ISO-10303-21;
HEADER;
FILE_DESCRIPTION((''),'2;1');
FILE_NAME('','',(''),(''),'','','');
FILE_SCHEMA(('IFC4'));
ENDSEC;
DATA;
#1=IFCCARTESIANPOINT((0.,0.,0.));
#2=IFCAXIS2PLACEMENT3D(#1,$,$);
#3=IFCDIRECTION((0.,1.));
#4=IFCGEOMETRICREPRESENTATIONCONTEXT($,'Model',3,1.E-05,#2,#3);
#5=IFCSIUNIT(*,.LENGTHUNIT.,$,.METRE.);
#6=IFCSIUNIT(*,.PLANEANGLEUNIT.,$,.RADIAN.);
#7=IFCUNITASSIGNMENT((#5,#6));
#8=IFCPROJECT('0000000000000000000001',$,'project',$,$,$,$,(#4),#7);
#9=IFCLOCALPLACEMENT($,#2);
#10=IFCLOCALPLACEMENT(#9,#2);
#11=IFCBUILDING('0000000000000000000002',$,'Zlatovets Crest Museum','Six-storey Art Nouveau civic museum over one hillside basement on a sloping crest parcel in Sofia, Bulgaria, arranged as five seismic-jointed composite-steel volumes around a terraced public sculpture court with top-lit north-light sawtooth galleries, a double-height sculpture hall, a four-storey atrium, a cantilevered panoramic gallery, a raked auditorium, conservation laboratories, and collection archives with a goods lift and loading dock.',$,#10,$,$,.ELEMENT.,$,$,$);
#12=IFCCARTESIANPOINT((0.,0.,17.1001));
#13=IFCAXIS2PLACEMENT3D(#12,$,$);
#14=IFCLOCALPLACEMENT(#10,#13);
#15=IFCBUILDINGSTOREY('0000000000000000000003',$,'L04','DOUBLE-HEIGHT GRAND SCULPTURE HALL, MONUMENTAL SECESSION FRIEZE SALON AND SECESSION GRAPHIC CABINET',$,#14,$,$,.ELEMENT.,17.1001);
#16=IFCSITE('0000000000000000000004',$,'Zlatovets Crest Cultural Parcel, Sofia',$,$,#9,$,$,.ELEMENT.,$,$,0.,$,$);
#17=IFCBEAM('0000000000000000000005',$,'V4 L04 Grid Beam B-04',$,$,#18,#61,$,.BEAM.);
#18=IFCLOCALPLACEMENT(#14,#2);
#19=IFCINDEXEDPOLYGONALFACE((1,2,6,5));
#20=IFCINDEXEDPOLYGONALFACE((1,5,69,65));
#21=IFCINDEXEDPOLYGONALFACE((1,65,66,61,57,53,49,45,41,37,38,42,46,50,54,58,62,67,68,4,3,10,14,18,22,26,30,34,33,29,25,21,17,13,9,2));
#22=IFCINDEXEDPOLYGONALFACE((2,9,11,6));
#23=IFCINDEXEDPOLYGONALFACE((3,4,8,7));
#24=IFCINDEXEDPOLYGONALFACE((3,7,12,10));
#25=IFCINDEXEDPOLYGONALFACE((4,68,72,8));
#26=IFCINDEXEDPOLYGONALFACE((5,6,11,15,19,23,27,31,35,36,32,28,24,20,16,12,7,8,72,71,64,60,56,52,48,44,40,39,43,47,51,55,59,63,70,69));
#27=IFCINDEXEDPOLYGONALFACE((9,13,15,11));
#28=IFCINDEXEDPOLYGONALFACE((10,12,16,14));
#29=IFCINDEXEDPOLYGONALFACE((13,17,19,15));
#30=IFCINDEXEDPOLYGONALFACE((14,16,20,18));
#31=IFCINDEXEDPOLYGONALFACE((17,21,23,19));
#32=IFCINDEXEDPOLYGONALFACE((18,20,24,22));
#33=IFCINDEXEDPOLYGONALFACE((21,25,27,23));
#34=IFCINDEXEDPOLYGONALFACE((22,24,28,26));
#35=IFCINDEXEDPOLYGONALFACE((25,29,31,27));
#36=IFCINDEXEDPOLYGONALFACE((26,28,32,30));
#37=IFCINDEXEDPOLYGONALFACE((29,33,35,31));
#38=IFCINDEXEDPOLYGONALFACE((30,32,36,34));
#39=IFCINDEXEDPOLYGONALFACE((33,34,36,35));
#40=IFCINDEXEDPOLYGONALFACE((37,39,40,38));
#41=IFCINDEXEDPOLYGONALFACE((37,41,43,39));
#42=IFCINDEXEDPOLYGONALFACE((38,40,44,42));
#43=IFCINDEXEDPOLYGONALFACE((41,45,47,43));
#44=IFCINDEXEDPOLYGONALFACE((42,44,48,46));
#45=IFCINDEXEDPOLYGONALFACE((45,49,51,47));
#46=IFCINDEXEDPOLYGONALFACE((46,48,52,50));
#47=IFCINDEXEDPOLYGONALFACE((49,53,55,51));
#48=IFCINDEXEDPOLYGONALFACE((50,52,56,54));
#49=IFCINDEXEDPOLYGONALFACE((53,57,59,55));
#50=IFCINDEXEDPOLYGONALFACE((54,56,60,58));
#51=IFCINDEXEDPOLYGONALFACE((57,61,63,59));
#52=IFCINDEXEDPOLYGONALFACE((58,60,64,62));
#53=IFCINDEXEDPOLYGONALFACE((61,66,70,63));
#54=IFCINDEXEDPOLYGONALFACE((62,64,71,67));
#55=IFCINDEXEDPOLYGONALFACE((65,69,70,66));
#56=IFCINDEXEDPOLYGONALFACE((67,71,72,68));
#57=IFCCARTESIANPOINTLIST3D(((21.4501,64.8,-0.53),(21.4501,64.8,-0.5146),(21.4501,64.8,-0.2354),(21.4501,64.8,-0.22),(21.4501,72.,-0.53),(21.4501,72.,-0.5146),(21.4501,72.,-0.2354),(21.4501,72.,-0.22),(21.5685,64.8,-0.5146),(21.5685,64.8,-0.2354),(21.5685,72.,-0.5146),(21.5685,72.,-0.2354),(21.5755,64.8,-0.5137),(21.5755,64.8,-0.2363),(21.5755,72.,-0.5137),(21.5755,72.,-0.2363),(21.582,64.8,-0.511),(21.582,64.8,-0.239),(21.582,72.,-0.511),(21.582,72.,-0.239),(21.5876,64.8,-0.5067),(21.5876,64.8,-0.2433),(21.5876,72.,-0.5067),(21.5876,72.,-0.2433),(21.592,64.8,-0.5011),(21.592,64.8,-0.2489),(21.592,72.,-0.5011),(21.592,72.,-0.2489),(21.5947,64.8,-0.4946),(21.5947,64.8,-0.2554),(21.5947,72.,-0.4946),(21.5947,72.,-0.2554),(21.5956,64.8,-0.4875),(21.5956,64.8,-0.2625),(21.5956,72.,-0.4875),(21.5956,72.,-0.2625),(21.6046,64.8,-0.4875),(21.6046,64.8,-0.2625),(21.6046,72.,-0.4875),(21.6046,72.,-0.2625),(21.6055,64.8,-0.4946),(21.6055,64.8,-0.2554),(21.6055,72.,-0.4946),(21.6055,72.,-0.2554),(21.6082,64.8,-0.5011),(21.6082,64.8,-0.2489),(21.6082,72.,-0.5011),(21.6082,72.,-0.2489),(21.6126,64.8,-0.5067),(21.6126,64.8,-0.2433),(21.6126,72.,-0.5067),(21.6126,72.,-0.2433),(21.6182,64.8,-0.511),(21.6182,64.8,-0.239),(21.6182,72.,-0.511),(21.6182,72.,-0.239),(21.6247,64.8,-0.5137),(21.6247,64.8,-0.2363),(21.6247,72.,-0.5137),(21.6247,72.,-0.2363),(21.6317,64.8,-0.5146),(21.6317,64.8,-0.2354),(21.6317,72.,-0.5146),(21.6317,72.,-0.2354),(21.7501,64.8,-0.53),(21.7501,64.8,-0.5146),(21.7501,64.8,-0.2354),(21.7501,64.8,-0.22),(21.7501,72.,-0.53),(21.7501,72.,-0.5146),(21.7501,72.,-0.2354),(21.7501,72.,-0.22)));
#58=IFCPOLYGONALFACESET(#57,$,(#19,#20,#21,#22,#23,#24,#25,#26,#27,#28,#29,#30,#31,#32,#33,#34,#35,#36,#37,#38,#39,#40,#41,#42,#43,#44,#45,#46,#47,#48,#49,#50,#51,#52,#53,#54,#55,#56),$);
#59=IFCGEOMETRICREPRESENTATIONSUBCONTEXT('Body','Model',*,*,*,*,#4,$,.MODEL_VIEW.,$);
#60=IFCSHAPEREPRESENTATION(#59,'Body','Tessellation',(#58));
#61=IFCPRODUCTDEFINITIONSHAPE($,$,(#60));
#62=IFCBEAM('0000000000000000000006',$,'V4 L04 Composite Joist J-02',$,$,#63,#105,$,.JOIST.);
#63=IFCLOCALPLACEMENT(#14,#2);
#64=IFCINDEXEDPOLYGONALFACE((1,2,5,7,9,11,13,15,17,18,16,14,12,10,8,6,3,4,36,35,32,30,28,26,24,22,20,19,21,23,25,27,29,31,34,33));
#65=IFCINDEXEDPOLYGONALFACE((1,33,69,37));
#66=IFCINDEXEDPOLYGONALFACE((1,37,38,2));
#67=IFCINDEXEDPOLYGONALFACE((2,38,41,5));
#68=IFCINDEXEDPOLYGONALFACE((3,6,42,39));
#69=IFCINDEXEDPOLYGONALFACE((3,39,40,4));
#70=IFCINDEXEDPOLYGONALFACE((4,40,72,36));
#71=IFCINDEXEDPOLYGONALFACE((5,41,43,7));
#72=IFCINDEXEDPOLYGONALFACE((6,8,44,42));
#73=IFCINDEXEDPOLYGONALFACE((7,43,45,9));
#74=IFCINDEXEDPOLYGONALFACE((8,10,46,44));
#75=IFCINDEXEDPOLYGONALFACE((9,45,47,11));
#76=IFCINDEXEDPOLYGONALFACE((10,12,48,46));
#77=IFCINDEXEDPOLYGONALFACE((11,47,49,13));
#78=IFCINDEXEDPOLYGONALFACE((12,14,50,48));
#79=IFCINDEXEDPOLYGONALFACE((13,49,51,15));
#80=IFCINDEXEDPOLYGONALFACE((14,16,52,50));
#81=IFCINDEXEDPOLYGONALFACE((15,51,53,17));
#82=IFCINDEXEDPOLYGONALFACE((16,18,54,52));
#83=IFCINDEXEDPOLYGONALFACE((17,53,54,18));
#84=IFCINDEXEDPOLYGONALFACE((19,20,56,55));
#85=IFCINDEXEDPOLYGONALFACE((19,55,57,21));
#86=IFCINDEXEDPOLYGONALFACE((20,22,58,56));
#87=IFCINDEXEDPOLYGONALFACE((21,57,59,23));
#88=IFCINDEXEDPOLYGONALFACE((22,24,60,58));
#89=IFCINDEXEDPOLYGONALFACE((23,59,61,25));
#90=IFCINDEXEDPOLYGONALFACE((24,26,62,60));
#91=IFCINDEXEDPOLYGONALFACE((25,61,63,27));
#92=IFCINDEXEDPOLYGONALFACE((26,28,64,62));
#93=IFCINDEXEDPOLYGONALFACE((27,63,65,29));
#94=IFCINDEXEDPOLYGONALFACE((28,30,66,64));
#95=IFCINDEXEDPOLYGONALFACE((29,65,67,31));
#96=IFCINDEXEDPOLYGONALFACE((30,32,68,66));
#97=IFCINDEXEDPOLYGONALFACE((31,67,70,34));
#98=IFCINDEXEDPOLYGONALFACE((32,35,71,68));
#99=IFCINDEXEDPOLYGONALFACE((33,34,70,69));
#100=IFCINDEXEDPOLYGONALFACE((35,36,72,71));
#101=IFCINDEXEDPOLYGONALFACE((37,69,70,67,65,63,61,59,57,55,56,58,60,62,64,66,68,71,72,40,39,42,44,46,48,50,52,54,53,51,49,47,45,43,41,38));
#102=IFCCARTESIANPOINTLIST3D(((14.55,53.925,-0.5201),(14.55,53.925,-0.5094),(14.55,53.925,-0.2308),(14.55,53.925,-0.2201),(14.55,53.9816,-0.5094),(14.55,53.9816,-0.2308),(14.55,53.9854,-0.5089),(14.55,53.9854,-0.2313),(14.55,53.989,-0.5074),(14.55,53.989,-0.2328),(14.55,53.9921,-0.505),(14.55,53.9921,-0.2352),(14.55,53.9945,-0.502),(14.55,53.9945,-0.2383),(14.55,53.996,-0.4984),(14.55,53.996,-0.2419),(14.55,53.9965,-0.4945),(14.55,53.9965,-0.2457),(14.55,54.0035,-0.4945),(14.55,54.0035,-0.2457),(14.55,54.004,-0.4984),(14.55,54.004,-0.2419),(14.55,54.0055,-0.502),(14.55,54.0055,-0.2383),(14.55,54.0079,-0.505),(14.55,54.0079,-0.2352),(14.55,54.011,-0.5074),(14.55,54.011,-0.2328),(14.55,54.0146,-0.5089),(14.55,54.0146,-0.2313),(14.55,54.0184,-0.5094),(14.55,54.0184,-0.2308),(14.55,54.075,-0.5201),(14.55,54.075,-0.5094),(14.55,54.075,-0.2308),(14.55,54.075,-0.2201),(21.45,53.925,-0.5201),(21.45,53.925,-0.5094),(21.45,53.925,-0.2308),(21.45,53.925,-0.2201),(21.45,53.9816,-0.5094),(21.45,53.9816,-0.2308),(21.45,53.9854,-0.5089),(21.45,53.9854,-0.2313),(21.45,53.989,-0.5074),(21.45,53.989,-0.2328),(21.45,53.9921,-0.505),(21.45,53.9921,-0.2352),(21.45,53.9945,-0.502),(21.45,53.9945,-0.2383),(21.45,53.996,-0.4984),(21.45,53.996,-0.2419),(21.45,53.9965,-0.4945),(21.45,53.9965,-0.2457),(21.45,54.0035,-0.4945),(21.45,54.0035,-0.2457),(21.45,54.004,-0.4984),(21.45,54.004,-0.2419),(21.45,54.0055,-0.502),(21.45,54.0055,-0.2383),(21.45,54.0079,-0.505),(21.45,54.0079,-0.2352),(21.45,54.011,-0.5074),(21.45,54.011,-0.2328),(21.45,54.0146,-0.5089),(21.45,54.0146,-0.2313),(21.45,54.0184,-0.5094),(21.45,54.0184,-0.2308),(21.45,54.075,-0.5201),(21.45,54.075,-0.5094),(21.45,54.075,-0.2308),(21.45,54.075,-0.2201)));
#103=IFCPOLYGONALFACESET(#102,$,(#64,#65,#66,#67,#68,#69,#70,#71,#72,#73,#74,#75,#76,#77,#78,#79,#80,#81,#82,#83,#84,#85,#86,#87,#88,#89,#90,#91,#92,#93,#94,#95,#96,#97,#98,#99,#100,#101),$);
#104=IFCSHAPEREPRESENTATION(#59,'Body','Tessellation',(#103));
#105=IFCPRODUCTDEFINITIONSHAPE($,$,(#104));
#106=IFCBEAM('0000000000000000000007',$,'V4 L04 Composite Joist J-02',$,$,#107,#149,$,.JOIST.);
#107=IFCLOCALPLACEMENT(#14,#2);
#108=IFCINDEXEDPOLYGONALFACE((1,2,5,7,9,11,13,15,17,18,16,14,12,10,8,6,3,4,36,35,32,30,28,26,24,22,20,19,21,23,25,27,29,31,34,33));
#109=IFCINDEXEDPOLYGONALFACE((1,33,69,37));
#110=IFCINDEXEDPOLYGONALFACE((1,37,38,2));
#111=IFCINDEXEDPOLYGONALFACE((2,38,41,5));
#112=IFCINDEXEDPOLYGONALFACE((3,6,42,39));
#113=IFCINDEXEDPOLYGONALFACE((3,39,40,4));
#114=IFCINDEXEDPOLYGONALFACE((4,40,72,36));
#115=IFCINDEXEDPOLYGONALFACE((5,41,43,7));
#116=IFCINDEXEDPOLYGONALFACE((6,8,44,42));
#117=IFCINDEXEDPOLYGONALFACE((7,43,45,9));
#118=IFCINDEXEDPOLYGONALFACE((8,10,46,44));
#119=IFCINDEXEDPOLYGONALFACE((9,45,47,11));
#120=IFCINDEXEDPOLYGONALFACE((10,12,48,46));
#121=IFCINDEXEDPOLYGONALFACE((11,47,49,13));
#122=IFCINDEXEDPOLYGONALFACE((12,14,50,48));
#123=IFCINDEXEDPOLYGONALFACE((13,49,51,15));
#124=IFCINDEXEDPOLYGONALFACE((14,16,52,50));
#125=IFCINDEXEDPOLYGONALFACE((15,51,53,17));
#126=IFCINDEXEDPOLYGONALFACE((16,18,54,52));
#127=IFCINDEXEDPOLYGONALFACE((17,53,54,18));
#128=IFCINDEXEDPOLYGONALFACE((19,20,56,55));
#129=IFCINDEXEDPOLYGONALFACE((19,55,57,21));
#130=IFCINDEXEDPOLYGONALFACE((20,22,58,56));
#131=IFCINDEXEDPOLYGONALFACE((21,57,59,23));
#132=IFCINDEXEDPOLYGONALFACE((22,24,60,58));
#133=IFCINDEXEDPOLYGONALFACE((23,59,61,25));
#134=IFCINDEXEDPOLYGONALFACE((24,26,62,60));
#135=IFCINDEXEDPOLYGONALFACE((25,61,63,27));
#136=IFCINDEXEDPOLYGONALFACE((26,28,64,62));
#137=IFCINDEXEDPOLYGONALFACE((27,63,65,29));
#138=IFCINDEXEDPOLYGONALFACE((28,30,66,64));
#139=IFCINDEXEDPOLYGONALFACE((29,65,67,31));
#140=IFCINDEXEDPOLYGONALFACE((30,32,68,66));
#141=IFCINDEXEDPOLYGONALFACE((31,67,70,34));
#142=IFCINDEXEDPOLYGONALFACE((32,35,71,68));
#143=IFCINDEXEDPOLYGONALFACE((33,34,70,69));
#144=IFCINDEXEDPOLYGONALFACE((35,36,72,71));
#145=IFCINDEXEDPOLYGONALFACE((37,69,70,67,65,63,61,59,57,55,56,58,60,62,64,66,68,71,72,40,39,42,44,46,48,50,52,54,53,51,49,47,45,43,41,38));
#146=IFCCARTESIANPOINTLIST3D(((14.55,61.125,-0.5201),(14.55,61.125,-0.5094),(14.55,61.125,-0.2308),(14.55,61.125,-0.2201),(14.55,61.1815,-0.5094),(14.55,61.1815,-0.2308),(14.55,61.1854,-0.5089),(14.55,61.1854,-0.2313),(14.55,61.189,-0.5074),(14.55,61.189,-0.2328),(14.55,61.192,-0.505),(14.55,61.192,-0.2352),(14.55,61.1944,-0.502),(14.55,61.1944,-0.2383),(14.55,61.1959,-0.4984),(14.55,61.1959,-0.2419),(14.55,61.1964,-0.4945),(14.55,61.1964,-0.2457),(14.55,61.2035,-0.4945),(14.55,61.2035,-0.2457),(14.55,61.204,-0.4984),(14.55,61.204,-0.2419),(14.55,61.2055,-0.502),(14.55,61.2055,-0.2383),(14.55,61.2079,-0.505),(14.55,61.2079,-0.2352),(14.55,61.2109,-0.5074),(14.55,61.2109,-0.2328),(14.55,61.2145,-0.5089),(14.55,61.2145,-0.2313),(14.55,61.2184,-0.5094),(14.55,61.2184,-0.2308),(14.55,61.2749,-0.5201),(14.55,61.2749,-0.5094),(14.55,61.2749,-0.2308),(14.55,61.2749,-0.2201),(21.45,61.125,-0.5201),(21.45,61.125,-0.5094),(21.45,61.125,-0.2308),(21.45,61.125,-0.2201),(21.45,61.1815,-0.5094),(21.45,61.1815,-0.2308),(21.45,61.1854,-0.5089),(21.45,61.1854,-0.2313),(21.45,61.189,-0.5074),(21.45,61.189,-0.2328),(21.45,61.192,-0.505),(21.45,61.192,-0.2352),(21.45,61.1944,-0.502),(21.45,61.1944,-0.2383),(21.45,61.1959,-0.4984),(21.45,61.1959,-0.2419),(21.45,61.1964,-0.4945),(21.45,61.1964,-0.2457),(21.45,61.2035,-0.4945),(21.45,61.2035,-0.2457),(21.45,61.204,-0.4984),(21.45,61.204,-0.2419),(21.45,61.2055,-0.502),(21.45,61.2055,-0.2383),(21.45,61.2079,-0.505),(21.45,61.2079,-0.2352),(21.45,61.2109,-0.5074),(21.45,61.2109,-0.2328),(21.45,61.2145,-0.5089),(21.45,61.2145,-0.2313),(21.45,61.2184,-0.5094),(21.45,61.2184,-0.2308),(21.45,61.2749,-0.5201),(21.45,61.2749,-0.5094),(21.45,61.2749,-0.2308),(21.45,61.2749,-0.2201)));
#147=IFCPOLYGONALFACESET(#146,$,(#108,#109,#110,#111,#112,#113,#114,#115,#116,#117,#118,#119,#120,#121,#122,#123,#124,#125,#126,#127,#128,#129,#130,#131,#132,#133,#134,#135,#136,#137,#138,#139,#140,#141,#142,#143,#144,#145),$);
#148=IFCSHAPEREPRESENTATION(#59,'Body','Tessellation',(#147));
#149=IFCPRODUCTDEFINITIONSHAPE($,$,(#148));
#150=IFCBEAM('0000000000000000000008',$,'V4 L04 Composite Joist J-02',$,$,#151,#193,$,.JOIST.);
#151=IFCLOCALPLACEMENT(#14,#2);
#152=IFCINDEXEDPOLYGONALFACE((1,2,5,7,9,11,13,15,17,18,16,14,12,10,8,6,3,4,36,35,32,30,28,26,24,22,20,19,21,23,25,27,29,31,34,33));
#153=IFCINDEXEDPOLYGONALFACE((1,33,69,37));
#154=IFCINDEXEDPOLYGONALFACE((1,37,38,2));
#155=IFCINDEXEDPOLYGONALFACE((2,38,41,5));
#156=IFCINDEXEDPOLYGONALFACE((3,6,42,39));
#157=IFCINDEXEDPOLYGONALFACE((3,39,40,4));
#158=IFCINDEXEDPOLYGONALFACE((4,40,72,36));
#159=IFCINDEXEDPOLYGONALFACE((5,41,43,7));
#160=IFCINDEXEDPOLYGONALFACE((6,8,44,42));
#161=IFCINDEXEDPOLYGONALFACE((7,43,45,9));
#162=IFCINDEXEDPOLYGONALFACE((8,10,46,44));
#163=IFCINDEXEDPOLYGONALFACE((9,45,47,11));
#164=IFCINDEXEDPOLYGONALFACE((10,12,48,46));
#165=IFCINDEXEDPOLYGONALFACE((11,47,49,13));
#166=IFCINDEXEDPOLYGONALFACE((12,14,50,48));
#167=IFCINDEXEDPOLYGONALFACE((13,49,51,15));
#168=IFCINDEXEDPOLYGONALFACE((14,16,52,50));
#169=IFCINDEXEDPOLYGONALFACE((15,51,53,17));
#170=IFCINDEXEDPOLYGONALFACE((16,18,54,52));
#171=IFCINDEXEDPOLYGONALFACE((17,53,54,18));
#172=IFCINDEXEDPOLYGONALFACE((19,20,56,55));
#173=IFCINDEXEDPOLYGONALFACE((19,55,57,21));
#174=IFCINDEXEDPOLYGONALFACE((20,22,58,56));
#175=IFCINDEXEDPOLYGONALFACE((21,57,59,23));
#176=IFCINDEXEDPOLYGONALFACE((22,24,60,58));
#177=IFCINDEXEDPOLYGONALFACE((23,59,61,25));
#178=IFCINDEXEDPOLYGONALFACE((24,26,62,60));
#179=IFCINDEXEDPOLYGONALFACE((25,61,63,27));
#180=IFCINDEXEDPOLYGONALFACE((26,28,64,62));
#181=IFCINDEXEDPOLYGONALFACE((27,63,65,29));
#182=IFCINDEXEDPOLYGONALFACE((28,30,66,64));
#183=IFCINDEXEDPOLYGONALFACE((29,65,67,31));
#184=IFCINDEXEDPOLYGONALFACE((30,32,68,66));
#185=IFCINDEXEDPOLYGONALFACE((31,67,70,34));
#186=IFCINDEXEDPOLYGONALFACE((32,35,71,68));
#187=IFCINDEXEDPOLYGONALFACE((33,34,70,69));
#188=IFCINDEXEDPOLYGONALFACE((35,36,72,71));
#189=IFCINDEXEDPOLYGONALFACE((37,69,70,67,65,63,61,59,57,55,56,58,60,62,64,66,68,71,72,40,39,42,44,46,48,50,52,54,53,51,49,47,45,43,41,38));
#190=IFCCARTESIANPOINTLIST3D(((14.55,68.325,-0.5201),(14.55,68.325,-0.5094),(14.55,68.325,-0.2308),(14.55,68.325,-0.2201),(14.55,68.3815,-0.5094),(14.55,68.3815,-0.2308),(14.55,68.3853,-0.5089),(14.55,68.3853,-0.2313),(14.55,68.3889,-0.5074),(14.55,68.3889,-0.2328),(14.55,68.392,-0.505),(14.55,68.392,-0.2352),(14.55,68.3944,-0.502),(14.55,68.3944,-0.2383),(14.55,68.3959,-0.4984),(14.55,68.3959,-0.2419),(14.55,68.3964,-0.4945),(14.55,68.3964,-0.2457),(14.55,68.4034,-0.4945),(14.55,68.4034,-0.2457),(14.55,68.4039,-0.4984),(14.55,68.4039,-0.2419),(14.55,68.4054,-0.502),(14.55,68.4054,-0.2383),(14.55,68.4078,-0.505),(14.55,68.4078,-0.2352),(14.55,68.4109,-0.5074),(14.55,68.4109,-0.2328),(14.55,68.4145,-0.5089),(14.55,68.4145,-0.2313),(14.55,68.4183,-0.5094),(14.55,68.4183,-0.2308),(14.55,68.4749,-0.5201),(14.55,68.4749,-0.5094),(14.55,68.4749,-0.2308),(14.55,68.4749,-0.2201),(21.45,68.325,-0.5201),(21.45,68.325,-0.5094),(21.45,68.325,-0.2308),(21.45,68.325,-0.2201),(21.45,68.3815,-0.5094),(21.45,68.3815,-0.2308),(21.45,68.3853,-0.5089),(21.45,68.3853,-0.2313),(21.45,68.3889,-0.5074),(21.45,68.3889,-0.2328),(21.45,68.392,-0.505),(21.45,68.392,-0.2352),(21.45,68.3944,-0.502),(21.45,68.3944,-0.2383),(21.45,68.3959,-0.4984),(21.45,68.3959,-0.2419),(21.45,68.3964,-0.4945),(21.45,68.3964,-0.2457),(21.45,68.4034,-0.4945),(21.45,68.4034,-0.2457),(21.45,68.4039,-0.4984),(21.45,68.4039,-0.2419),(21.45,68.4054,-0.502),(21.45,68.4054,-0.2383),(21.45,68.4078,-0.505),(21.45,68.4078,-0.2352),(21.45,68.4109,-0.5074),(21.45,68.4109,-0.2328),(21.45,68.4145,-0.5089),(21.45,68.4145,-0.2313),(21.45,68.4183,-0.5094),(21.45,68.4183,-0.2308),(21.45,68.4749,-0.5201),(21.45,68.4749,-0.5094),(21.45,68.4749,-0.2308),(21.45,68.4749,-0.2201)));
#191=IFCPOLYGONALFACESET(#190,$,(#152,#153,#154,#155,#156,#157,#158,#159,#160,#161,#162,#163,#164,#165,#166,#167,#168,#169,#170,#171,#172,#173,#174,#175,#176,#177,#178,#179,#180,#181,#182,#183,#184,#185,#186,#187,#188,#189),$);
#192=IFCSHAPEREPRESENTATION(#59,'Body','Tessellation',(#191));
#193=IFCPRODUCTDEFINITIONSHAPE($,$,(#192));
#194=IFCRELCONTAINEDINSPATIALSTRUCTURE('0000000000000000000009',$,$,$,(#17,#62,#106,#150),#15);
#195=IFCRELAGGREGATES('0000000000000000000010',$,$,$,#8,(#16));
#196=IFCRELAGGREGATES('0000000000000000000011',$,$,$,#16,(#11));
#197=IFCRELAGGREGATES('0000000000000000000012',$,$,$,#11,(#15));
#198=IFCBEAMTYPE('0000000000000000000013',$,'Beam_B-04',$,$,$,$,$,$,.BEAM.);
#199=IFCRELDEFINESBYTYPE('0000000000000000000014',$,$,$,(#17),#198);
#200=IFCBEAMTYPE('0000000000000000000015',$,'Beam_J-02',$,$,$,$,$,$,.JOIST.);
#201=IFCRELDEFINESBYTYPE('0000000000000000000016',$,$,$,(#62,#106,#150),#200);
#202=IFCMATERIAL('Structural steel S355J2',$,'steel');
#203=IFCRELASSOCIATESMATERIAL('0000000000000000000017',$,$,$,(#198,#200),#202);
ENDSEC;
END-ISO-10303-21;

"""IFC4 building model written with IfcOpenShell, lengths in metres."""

from ifc_helpers import new_model, si_unit, direction, frame, origin, origin_2d, place, context, subcontext, project, spatial, i_section, extrude, material, material_profile, profile_set, type_object, element, save


model = new_model("IFC4")

# Units and contexts
model_context = context("Model", 3, precision=1e-05, world=origin(), true_north=direction((0.0, 1.0)))
body_context = subcontext(model_context, "Body", "Model", "MODEL_VIEW")
ifc_project = project(units=[si_unit("LENGTHUNIT", "METRE"), si_unit("PLANEANGLEUNIT", "RADIAN")], contexts=[model_context])

# Site, building, storey
site_placement = place(None, origin())
site = spatial("IfcSite", under=ifc_project, at=site_placement, Name="Zlatovets Crest Cultural Parcel, Sofia", CompositionType="ELEMENT", RefElevation=0.0)
building_placement = place(site_placement, origin())
building = spatial("IfcBuilding", under=site, at=building_placement, Name="Zlatovets Crest Museum", Description="Six-storey Art Nouveau civic museum over one hillside basement on a sloping crest parcel in Sofia, Bulgaria, arranged as five seismic-jointed composite-steel volumes around a terraced public sculpture court with top-lit north-light sawtooth galleries, a double-height sculpture hall, a four-storey atrium, a cantilevered panoramic gallery, a raked auditorium, conservation laboratories, and collection archives with a goods lift and loading dock.", CompositionType="ELEMENT")
storey_placement = place(building_placement, frame((0.0, 0.0, 17.1001)))
storey = spatial("IfcBuildingStorey", under=building, at=storey_placement, Name="L04", Description="DOUBLE-HEIGHT GRAND SCULPTURE HALL, MONUMENTAL SECESSION FRIEZE SALON AND SECESSION GRAPHIC CABINET", CompositionType="ELEMENT", Elevation=17.1001)

# Beams
ifc_material_1 = material(Name="Structural steel S355J2", Category="steel")
ifc_material_profile_1 = material_profile(ifc_material_1, i_section(OverallWidth=0.3, OverallDepth=0.3101, WebThickness=0.009, FlangeThickness=0.0154, FilletRadius=0.0271, at=origin_2d()), Name="HEA 320")
ifc_profile_set_1 = profile_set([ifc_material_profile_1], Name="Structural steel S355J2")
beam_type_1 = type_object("IfcBeamType", Name="Beam_B-04", PredefinedType="BEAM", material=ifc_profile_set_1)
for number, where, z_axis, x_axis, name in (
    (1, (21.6001, 64.8, -0.375), (0.0, 1.0, 0.0), (-1.0, 0.0, 0.0), "V4 L04 Grid Beam B-04"),
):
    element("IfcBeam", number, at=place(storey_placement, frame(where, z_axis=z_axis, x_axis=x_axis)), inside=storey, type_object=beam_type_1, Name=name, PredefinedType="BEAM", context=body_context, shape_type="SweptSolid", body=[
        extrude(i_section(OverallWidth=0.3, OverallDepth=0.3101, WebThickness=0.009, FlangeThickness=0.0154, FilletRadius=0.0271, at=origin_2d()), origin(), (0.0, 0.0, 1.0), 7.2),
    ])
ifc_material_profile_2 = material_profile(ifc_material_1, i_section(OverallWidth=0.1499, OverallDepth=0.3, WebThickness=0.0071, FlangeThickness=0.0107, FilletRadius=0.0149, at=origin_2d()), Name="IPE 300")
ifc_profile_set_2 = profile_set([ifc_material_profile_2], Name="Structural steel S355J2")
beam_type_2 = type_object("IfcBeamType", Name="Beam_J-02", PredefinedType="JOIST", material=ifc_profile_set_2)
for number, where, z_axis, x_axis, name in (
    (2, (14.55, 54.0, -0.3701), (1.0, 0.0, 0.0), (0.0, 1.0, 0.0), "V4 L04 Composite Joist J-02"),
    (3, (14.55, 61.2, -0.3701), (1.0, 0.0, 0.0), (0.0, 1.0, 0.0), "V4 L04 Composite Joist J-02"),
    (4, (14.55, 68.3999, -0.3701), (1.0, 0.0, 0.0), (0.0, 1.0, 0.0), "V4 L04 Composite Joist J-02"),
):
    element("IfcBeam", number, at=place(storey_placement, frame(where, z_axis=z_axis, x_axis=x_axis)), inside=storey, type_object=beam_type_2, Name=name, PredefinedType="JOIST", context=body_context, shape_type="SweptSolid", body=[
        extrude(i_section(OverallWidth=0.1499, OverallDepth=0.3, WebThickness=0.0071, FlangeThickness=0.0107, FilletRadius=0.0149, at=origin_2d()), origin(), (0.0, 0.0, 1.0), 6.8999),
    ])

save(model, "model.ifc")
